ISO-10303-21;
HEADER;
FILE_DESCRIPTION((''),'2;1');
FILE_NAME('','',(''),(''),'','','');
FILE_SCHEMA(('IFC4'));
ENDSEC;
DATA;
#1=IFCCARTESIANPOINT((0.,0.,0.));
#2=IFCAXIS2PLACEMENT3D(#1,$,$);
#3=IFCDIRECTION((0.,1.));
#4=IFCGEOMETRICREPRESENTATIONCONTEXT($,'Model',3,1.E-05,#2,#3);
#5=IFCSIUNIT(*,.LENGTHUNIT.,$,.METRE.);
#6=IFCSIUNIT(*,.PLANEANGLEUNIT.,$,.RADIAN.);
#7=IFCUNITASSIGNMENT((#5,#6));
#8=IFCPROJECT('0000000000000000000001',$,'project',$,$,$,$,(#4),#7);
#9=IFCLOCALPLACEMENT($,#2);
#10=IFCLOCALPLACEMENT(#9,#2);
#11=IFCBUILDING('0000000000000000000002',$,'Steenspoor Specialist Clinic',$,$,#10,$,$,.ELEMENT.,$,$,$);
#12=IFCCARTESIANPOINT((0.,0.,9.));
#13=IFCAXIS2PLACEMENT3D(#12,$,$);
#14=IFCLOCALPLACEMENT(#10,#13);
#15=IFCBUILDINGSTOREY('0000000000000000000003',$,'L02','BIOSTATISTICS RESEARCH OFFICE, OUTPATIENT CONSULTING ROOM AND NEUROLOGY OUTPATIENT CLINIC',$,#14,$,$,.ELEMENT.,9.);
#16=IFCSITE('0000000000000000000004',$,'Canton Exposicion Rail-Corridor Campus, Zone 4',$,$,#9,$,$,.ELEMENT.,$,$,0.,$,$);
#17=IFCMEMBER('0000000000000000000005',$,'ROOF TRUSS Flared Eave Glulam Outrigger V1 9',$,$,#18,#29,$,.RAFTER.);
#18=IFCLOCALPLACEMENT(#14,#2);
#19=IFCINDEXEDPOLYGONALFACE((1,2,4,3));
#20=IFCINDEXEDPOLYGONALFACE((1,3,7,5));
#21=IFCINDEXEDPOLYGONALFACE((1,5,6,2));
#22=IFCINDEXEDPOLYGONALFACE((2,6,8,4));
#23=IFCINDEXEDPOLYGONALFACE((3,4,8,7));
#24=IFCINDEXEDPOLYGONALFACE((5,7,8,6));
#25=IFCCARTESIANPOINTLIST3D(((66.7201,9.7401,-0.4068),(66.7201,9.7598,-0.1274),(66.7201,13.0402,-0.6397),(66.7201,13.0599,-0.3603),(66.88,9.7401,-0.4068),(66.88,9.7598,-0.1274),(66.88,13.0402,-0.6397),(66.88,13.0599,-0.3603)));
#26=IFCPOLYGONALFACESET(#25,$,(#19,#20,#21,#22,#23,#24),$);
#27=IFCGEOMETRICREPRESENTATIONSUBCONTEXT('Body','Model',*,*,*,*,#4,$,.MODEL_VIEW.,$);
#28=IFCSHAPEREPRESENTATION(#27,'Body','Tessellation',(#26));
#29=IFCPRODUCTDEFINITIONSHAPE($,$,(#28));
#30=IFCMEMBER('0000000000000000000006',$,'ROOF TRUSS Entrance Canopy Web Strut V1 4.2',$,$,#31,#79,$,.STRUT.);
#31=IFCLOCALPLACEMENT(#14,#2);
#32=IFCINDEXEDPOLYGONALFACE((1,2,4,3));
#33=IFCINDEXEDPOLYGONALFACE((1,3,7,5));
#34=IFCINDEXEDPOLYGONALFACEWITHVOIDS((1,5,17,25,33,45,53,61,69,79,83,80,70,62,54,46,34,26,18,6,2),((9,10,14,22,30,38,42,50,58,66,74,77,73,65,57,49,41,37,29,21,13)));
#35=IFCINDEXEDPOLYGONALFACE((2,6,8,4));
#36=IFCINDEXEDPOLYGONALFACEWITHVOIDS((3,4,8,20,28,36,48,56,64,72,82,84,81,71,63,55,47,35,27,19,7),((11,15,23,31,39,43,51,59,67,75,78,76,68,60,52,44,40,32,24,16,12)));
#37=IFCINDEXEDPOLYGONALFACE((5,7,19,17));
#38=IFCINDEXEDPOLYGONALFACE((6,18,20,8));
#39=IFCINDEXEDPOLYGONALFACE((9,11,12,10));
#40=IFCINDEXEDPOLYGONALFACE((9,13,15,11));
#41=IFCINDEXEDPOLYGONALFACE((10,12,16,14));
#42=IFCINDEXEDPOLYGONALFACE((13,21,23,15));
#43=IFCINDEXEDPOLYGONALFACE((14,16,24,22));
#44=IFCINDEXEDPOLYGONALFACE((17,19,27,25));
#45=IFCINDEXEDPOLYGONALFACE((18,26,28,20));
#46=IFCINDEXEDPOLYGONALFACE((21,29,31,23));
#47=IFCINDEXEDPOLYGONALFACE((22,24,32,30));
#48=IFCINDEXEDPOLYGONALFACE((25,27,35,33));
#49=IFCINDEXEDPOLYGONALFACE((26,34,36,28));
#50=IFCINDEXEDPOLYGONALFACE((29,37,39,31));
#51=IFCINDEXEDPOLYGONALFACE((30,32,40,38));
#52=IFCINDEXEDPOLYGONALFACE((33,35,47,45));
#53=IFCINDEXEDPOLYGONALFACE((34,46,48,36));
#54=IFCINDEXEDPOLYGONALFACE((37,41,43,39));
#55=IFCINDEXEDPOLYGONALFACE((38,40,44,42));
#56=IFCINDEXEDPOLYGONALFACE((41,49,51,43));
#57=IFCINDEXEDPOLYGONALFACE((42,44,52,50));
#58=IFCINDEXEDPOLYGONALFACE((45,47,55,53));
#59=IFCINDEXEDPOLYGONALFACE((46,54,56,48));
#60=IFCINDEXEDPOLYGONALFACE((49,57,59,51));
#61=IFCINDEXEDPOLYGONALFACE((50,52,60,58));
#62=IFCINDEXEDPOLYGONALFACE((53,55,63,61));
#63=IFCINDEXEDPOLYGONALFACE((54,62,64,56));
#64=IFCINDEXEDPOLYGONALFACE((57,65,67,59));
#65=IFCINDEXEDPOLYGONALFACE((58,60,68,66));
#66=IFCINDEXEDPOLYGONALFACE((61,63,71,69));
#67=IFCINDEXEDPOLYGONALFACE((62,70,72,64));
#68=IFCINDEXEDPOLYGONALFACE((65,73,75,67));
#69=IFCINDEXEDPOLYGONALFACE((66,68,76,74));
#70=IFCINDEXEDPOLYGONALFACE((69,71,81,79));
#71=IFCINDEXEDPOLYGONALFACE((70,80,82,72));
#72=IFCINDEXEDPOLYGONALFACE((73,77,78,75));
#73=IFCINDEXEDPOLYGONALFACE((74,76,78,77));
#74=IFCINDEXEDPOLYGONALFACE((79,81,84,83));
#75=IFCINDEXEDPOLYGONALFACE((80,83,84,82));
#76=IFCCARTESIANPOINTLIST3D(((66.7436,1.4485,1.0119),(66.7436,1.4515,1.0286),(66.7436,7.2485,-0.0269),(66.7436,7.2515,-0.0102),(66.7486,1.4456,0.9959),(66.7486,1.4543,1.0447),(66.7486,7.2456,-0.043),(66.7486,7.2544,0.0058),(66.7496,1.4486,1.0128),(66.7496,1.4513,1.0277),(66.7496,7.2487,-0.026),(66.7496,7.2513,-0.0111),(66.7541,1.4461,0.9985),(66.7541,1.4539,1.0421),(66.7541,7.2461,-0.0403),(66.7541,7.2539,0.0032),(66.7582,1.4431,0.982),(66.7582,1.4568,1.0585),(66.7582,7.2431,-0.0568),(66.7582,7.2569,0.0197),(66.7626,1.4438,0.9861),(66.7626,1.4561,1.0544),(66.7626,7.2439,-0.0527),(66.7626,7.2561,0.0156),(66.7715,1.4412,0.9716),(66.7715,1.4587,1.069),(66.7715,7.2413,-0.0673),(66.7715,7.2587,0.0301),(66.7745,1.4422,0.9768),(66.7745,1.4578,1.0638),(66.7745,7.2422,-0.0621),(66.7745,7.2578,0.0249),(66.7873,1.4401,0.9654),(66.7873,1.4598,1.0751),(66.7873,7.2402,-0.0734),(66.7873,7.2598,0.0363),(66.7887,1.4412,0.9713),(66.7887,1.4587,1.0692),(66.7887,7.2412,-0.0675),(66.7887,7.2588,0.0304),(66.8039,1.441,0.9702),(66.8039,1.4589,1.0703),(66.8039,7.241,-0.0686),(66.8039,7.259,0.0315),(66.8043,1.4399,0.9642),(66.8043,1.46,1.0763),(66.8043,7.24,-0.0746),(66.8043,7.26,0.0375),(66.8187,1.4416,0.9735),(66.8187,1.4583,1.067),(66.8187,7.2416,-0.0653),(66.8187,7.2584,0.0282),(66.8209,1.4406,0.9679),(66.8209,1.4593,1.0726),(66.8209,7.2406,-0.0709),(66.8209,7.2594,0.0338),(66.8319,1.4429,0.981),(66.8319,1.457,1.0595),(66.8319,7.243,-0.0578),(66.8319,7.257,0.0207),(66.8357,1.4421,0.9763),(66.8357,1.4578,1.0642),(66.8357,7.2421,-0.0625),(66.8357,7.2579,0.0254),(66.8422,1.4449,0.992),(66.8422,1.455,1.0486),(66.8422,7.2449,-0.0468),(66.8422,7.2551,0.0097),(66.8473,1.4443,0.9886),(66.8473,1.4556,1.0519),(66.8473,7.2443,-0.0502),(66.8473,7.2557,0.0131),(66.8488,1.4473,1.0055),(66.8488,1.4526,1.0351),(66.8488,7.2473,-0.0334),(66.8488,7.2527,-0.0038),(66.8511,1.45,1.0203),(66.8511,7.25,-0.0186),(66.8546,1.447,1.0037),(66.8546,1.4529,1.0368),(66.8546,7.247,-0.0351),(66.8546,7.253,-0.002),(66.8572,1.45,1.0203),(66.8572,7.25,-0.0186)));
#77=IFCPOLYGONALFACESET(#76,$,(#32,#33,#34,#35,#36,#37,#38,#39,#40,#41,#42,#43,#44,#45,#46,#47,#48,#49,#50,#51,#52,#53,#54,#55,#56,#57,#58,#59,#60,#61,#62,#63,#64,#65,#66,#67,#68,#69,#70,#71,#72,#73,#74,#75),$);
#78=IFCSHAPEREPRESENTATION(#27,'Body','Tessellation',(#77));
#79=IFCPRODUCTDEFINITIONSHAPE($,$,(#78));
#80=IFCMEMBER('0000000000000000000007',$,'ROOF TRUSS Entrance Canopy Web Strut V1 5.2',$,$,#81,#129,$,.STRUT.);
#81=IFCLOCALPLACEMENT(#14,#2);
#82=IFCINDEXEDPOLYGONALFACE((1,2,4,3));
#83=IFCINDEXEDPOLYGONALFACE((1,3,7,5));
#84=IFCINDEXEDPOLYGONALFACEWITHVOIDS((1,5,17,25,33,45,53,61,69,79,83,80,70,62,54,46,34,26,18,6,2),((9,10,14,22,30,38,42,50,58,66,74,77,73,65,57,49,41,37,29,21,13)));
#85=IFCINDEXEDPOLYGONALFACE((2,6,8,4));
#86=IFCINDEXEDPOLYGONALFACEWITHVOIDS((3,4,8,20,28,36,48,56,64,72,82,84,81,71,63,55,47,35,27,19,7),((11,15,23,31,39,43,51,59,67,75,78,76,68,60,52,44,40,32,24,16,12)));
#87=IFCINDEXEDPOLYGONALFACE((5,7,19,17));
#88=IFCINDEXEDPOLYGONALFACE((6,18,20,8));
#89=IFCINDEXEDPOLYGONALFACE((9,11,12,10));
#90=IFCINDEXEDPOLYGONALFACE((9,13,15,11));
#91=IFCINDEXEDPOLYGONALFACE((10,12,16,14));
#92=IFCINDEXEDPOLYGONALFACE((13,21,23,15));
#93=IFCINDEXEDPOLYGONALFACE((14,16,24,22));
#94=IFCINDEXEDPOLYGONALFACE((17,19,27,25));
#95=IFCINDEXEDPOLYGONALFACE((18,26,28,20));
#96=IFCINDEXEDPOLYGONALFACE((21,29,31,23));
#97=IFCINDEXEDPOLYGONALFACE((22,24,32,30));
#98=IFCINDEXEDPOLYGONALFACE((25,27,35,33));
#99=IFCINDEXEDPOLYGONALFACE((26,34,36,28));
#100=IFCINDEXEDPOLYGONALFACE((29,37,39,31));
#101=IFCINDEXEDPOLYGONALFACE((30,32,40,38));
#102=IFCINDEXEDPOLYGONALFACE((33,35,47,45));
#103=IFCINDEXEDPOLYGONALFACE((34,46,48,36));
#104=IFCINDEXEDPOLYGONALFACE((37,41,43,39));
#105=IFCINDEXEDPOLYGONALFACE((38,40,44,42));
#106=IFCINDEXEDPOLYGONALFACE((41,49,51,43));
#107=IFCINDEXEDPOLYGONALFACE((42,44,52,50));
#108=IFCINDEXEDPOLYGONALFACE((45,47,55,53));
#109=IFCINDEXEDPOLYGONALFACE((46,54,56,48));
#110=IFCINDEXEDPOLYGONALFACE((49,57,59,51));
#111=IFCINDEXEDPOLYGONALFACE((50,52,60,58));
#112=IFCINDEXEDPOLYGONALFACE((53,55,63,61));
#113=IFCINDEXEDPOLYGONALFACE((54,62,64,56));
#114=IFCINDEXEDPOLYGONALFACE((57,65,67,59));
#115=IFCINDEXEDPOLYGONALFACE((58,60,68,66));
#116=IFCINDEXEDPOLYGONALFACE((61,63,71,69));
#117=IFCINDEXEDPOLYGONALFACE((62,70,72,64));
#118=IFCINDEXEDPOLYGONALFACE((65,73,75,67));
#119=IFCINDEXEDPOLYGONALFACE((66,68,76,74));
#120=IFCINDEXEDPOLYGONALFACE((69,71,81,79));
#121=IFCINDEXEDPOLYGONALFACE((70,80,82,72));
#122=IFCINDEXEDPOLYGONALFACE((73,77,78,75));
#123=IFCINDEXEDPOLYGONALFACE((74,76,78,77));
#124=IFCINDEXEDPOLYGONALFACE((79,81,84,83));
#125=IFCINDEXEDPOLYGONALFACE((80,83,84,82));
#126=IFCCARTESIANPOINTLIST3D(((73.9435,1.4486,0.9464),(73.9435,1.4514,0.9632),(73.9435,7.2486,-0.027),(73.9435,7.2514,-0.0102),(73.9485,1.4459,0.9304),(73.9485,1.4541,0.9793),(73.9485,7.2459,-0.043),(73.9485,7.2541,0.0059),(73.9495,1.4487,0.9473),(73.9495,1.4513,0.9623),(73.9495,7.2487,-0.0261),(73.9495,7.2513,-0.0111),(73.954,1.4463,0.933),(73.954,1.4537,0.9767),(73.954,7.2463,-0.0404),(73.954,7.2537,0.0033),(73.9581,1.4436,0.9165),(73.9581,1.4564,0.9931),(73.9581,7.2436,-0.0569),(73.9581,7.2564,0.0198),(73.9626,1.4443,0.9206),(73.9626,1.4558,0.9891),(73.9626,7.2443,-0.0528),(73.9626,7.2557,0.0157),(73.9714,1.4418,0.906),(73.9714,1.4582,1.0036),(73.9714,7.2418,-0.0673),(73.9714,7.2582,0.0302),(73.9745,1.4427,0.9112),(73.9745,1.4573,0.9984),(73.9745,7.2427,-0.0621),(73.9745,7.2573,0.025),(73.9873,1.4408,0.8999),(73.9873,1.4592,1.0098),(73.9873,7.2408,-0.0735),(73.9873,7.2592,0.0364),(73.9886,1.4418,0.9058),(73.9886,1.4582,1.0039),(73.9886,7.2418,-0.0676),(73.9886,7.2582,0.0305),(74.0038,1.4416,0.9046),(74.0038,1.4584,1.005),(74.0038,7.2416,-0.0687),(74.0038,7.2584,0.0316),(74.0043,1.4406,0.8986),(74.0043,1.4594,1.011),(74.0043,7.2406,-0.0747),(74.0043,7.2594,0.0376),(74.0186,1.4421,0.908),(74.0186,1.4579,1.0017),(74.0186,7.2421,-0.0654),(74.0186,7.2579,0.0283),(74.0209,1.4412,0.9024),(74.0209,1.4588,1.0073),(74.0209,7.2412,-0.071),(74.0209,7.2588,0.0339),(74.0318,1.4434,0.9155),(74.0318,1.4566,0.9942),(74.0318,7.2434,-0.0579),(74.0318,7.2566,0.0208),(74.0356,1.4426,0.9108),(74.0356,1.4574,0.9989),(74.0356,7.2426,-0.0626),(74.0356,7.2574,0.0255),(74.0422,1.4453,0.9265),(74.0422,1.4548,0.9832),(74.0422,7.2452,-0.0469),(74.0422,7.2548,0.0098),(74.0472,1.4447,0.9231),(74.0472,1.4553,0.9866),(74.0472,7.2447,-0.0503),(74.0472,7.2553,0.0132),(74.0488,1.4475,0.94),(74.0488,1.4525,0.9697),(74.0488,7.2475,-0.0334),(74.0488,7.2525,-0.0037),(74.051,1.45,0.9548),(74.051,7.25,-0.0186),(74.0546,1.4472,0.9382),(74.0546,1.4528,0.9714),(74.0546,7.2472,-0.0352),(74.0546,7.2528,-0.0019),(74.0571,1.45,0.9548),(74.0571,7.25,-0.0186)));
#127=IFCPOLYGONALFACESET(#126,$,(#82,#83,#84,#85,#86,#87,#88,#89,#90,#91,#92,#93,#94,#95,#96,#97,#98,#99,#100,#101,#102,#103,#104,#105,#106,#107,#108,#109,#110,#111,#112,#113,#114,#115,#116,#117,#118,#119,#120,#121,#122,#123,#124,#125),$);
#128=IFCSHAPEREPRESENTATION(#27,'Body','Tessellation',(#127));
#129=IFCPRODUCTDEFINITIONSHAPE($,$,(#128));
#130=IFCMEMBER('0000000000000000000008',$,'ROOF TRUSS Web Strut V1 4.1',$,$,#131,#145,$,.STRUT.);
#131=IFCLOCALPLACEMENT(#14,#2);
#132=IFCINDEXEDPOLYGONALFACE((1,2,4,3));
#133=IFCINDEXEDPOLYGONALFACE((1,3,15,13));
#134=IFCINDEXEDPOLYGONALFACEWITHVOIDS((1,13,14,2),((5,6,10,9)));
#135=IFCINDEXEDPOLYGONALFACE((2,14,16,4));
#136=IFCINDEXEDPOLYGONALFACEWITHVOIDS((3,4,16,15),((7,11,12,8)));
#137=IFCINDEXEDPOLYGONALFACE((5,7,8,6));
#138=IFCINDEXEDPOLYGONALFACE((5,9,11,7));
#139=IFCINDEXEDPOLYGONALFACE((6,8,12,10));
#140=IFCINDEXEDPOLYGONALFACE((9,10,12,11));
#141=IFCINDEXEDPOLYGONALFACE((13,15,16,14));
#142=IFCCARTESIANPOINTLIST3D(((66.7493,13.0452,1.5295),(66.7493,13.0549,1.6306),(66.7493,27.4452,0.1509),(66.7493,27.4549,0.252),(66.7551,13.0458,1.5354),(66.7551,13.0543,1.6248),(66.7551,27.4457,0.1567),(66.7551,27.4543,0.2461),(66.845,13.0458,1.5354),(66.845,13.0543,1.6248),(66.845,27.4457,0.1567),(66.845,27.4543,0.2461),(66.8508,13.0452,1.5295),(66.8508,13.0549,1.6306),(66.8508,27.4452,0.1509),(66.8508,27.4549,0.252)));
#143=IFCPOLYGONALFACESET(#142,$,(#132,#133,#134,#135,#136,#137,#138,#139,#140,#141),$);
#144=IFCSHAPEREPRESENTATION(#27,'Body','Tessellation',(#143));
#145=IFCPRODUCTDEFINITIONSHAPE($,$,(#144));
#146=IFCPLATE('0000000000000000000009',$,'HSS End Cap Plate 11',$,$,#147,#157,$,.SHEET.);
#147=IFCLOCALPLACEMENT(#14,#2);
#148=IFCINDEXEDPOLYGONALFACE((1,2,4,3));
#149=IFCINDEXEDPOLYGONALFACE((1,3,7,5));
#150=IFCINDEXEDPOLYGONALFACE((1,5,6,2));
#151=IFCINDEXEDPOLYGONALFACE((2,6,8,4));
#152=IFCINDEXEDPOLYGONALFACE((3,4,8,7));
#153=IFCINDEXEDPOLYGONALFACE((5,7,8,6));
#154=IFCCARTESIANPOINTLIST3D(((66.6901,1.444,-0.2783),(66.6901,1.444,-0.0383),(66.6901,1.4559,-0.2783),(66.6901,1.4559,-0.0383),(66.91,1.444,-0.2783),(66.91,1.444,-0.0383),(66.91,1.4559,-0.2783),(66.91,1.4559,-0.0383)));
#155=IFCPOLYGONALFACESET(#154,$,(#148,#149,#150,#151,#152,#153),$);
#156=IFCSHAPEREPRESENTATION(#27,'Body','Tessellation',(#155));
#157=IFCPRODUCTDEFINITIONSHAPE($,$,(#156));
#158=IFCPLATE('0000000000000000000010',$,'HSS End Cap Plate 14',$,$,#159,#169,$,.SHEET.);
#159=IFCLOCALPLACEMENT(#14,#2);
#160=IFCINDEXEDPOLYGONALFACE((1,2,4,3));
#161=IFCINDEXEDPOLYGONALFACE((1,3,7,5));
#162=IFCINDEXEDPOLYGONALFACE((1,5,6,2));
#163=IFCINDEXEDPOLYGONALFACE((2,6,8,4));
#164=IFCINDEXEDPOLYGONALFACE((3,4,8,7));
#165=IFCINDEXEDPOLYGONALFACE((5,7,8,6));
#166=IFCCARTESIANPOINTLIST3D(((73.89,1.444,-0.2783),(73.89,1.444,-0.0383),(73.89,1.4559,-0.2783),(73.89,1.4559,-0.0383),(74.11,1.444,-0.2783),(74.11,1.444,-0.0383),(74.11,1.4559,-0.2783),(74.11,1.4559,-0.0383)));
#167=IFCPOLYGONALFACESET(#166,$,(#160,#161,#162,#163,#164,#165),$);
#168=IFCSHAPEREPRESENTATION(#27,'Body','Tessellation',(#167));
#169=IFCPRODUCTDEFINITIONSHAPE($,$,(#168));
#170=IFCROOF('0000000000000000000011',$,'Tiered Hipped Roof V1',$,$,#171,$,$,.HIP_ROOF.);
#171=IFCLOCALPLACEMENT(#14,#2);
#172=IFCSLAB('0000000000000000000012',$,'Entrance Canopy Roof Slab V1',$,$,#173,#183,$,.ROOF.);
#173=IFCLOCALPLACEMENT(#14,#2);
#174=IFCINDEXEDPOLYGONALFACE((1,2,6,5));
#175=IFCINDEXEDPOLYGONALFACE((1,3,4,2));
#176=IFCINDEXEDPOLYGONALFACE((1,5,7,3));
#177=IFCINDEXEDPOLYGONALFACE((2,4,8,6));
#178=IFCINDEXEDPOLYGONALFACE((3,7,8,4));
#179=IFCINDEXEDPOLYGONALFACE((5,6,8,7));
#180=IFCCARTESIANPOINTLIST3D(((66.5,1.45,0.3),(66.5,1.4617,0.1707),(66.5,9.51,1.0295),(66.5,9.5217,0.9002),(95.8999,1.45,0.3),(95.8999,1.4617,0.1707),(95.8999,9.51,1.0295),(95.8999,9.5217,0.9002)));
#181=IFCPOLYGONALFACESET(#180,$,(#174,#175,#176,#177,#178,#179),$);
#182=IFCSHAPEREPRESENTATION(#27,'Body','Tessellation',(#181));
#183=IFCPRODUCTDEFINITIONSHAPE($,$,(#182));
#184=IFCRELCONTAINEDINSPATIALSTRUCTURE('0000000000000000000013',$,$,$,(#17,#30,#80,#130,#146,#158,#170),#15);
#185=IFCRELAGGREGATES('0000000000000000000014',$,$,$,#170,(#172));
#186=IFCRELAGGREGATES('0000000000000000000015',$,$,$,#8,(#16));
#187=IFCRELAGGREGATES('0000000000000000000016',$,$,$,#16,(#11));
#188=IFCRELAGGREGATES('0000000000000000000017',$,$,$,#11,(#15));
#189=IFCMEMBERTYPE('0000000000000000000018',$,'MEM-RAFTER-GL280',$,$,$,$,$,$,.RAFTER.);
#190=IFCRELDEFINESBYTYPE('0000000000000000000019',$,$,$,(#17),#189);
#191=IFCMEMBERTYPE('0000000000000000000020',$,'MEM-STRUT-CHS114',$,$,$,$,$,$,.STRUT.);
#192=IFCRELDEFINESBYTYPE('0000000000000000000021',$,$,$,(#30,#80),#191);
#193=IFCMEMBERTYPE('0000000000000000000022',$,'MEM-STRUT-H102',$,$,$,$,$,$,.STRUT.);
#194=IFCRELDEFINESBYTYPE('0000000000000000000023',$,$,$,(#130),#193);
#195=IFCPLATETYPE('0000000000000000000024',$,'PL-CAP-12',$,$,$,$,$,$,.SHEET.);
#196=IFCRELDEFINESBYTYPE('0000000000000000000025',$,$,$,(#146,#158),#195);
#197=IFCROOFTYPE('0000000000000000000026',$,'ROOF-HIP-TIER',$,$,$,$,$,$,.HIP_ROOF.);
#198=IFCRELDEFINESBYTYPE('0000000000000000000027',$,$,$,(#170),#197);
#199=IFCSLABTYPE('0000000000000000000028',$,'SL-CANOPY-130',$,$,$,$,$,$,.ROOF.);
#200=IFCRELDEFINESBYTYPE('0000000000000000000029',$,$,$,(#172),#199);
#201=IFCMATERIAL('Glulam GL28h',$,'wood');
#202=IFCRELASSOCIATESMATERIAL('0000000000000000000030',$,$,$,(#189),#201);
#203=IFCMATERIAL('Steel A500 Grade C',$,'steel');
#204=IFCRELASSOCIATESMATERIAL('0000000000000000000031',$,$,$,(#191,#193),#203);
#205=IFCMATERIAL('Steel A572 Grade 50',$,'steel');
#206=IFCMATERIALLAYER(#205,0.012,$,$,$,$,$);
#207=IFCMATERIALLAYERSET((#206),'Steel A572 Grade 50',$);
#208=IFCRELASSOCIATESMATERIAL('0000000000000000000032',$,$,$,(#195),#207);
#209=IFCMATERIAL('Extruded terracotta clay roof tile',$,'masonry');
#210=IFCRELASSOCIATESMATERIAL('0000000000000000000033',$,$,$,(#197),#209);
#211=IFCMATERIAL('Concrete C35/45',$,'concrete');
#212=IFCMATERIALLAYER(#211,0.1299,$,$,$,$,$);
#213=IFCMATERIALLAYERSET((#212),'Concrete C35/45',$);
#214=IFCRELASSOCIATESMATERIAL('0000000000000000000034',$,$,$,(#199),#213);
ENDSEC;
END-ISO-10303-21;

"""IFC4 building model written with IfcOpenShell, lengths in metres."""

from ifc_helpers import new_model, si_unit, direction, frame, origin, origin_2d, place, context, subcontext, project, spatial, polyline, rectangle, hollow_rectangle, hollow_circle, outline, extrude, material, layer, layer_set, material_profile, profile_set, type_object, element, aggregate, save


model = new_model("IFC4")

# Units and contexts
model_context = context("Model", 3, precision=1e-05, world=origin(), true_north=direction((0.0, 1.0)))
body_context = subcontext(model_context, "Body", "Model", "MODEL_VIEW")
ifc_project = project(units=[si_unit("LENGTHUNIT", "METRE"), si_unit("PLANEANGLEUNIT", "RADIAN")], contexts=[model_context])

# Site, building, storey
site_placement = place(None, origin())
site = spatial("IfcSite", under=ifc_project, at=site_placement, Name="Canton Exposicion Rail-Corridor Campus, Zone 4", CompositionType="ELEMENT", RefElevation=0.0)
building_placement = place(site_placement, origin())
building = spatial("IfcBuilding", under=site, at=building_placement, Name="Steenspoor Specialist Clinic", CompositionType="ELEMENT")
storey_placement = place(building_placement, frame((0.0, 0.0, 9.0)))
storey = spatial("IfcBuildingStorey", under=building, at=storey_placement, Name="L02", Description="BIOSTATISTICS RESEARCH OFFICE, OUTPATIENT CONSULTING ROOM AND NEUROLOGY OUTPATIENT CLINIC", CompositionType="ELEMENT", Elevation=9.0)

# Members
ifc_material_1 = material(Name="Steel A500 Grade C", Category="steel")
ifc_material_2 = material(Name="Glulam GL28h", Category="wood")
ifc_material_profile_1 = material_profile(ifc_material_2, rectangle(XDim=0.1599, YDim=0.28, at=origin_2d()), Name="GL28H-160X280")
ifc_profile_set_1 = profile_set([ifc_material_profile_1], Name="Glulam GL28h")
member_type_1 = type_object("IfcMemberType", Name="MEM-RAFTER-GL280", PredefinedType="RAFTER", material=ifc_profile_set_1)
member_1_placement = place(storey_placement, frame((66.8, 13.05, -0.5), z_axis=(0.0, -0.997519, 0.070403), x_axis=(1.0, 0.0, 0.0)))
element("IfcMember", 1, at=member_1_placement, inside=storey, type_object=member_type_1, Name="ROOF TRUSS Flared Eave Glulam Outrigger V1 9", PredefinedType="RAFTER", context=body_context, shape_type="SweptSolid", body=[
    extrude(rectangle(XDim=0.1599, YDim=0.28, at=origin_2d()), origin(), (0.0, 0.0, 1.0), 3.3083),
])
ifc_material_profile_2 = material_profile(ifc_material_1, hollow_circle(Radius=0.0571, WallThickness=0.0061, at=origin_2d()), Name="CHS114X6.0")
ifc_profile_set_2 = profile_set([ifc_material_profile_2], Name="Steel A500 Grade C")
member_type_2 = type_object("IfcMemberType", Name="MEM-STRUT-CHS114", PredefinedType="STRUT", material=ifc_profile_set_2)
member_2_placement = place(storey_placement, frame((66.8, 7.25, -0.0186), z_axis=(0.0, -0.984337, 0.1763), x_axis=(1.0, 0.0, 0.0)))
element("IfcMember", 2, at=member_2_placement, inside=storey, type_object=member_type_2, Name="ROOF TRUSS Entrance Canopy Web Strut V1 4.2", PredefinedType="STRUT", context=body_context, shape_type="SweptSolid", body=[
    extrude(hollow_circle(Radius=0.0571, WallThickness=0.0061, at=origin_2d()), origin(), (0.0, 0.0, 1.0), 5.8923),
])
member_3_placement = place(storey_placement, frame((74.0, 7.25, -0.0186), z_axis=(0.0, -0.986208, 0.16551), x_axis=(1.0, 0.0, 0.0)))
element("IfcMember", 3, at=member_3_placement, inside=storey, type_object=member_type_2, Name="ROOF TRUSS Entrance Canopy Web Strut V1 5.2", PredefinedType="STRUT", context=body_context, shape_type="SweptSolid", body=[
    extrude(hollow_circle(Radius=0.0571, WallThickness=0.0061, at=origin_2d()), origin(), (0.0, 0.0, 1.0), 5.8811),
])
ifc_material_profile_3 = material_profile(ifc_material_1, hollow_rectangle(XDim=0.1016, YDim=0.1016, WallThickness=0.0059, at=origin_2d()), Name="HSS102X102X6.4")
ifc_profile_set_3 = profile_set([ifc_material_profile_3], Name="Steel A500 Grade C")
member_type_3 = type_object("IfcMemberType", Name="MEM-STRUT-H102", PredefinedType="STRUT", material=ifc_profile_set_3)
member_4_placement = place(storey_placement, frame((66.8, 13.05, 1.5801), z_axis=(0.0, 0.995448, -0.095305), x_axis=(-1.0, 0.0, 0.0)))
element("IfcMember", 4, at=member_4_placement, inside=storey, type_object=member_type_3, Name="ROOF TRUSS Web Strut V1 4.1", PredefinedType="STRUT", context=body_context, shape_type="SweptSolid", body=[
    extrude(hollow_rectangle(XDim=0.1016, YDim=0.1016, WallThickness=0.0059, at=origin_2d()), origin(), (0.0, 0.0, 1.0), 14.4658),
])

# Plates
ifc_material_3 = material(Name="Steel A572 Grade 50", Category="steel")
ifc_layer_1 = layer(ifc_material_3, 0.012)
ifc_layer_set_1 = layer_set([ifc_layer_1], Name="Steel A572 Grade 50")
plate_type = type_object("IfcPlateType", Name="PL-CAP-12", PredefinedType="SHEET", material=ifc_layer_set_1)
for number, where, z_axis, x_axis, name in (
    (5, (66.8, 1.45, -0.2783), (0.0, 0.0, 1.0), (1.0, 0.0, 0.0), "HSS End Cap Plate 11"),
    (6, (74.0, 1.45, -0.2783), (0.0, 0.0, 1.0), (1.0, 0.0, 0.0), "HSS End Cap Plate 14"),
):
    element("IfcPlate", number, at=place(storey_placement, frame(where, z_axis=z_axis, x_axis=x_axis)), inside=storey, type_object=plate_type, Name=name, PredefinedType="SHEET", context=body_context, shape_type="SweptSolid", body=[
        extrude(rectangle(XDim=0.22, YDim=0.012, at=origin_2d()), origin(), (0.0, 0.0, 1.0), 0.24),
    ])

# Roof, slab
ifc_material_4 = material(Name="Extruded terracotta clay roof tile", Category="masonry")
roof_type = type_object("IfcRoofType", Name="ROOF-HIP-TIER", PredefinedType="HIP_ROOF", material=ifc_material_4)
roof_placement = place(storey_placement, origin())
roof = element("IfcRoof", 7, at=roof_placement, inside=storey, type_object=roof_type, Name="Tiered Hipped Roof V1", PredefinedType="HIP_ROOF")
ifc_material_5 = material(Name="Concrete C35/45", Category="concrete")
ifc_layer_2 = layer(ifc_material_5, 0.1299)
ifc_layer_set_2 = layer_set([ifc_layer_2], Name="Concrete C35/45")
slab_type = type_object("IfcSlabType", Name="SL-CANOPY-130", PredefinedType="ROOF", material=ifc_layer_set_2)
slab_placement = place(storey_placement, frame((66.5, 1.45, 0.3), z_axis=(0.0, -0.090139, 0.995929), x_axis=(1.0, 0.0, 0.0)))
slab = element("IfcSlab", 8, at=slab_placement, type_object=slab_type, Name="Entrance Canopy Roof Slab V1", PredefinedType="ROOF", context=body_context, shape_type="SweptSolid", body=[
    extrude(outline(polyline([(0.0, 0.0), (29.3999, 0.0), (29.3999, 8.093), (0.0, 8.093), (0.0, 0.0)])), origin(), (0.0, 0.0, -1.0), 0.1299),
])
aggregate(roof, [slab])

save(model, "model.ifc")
